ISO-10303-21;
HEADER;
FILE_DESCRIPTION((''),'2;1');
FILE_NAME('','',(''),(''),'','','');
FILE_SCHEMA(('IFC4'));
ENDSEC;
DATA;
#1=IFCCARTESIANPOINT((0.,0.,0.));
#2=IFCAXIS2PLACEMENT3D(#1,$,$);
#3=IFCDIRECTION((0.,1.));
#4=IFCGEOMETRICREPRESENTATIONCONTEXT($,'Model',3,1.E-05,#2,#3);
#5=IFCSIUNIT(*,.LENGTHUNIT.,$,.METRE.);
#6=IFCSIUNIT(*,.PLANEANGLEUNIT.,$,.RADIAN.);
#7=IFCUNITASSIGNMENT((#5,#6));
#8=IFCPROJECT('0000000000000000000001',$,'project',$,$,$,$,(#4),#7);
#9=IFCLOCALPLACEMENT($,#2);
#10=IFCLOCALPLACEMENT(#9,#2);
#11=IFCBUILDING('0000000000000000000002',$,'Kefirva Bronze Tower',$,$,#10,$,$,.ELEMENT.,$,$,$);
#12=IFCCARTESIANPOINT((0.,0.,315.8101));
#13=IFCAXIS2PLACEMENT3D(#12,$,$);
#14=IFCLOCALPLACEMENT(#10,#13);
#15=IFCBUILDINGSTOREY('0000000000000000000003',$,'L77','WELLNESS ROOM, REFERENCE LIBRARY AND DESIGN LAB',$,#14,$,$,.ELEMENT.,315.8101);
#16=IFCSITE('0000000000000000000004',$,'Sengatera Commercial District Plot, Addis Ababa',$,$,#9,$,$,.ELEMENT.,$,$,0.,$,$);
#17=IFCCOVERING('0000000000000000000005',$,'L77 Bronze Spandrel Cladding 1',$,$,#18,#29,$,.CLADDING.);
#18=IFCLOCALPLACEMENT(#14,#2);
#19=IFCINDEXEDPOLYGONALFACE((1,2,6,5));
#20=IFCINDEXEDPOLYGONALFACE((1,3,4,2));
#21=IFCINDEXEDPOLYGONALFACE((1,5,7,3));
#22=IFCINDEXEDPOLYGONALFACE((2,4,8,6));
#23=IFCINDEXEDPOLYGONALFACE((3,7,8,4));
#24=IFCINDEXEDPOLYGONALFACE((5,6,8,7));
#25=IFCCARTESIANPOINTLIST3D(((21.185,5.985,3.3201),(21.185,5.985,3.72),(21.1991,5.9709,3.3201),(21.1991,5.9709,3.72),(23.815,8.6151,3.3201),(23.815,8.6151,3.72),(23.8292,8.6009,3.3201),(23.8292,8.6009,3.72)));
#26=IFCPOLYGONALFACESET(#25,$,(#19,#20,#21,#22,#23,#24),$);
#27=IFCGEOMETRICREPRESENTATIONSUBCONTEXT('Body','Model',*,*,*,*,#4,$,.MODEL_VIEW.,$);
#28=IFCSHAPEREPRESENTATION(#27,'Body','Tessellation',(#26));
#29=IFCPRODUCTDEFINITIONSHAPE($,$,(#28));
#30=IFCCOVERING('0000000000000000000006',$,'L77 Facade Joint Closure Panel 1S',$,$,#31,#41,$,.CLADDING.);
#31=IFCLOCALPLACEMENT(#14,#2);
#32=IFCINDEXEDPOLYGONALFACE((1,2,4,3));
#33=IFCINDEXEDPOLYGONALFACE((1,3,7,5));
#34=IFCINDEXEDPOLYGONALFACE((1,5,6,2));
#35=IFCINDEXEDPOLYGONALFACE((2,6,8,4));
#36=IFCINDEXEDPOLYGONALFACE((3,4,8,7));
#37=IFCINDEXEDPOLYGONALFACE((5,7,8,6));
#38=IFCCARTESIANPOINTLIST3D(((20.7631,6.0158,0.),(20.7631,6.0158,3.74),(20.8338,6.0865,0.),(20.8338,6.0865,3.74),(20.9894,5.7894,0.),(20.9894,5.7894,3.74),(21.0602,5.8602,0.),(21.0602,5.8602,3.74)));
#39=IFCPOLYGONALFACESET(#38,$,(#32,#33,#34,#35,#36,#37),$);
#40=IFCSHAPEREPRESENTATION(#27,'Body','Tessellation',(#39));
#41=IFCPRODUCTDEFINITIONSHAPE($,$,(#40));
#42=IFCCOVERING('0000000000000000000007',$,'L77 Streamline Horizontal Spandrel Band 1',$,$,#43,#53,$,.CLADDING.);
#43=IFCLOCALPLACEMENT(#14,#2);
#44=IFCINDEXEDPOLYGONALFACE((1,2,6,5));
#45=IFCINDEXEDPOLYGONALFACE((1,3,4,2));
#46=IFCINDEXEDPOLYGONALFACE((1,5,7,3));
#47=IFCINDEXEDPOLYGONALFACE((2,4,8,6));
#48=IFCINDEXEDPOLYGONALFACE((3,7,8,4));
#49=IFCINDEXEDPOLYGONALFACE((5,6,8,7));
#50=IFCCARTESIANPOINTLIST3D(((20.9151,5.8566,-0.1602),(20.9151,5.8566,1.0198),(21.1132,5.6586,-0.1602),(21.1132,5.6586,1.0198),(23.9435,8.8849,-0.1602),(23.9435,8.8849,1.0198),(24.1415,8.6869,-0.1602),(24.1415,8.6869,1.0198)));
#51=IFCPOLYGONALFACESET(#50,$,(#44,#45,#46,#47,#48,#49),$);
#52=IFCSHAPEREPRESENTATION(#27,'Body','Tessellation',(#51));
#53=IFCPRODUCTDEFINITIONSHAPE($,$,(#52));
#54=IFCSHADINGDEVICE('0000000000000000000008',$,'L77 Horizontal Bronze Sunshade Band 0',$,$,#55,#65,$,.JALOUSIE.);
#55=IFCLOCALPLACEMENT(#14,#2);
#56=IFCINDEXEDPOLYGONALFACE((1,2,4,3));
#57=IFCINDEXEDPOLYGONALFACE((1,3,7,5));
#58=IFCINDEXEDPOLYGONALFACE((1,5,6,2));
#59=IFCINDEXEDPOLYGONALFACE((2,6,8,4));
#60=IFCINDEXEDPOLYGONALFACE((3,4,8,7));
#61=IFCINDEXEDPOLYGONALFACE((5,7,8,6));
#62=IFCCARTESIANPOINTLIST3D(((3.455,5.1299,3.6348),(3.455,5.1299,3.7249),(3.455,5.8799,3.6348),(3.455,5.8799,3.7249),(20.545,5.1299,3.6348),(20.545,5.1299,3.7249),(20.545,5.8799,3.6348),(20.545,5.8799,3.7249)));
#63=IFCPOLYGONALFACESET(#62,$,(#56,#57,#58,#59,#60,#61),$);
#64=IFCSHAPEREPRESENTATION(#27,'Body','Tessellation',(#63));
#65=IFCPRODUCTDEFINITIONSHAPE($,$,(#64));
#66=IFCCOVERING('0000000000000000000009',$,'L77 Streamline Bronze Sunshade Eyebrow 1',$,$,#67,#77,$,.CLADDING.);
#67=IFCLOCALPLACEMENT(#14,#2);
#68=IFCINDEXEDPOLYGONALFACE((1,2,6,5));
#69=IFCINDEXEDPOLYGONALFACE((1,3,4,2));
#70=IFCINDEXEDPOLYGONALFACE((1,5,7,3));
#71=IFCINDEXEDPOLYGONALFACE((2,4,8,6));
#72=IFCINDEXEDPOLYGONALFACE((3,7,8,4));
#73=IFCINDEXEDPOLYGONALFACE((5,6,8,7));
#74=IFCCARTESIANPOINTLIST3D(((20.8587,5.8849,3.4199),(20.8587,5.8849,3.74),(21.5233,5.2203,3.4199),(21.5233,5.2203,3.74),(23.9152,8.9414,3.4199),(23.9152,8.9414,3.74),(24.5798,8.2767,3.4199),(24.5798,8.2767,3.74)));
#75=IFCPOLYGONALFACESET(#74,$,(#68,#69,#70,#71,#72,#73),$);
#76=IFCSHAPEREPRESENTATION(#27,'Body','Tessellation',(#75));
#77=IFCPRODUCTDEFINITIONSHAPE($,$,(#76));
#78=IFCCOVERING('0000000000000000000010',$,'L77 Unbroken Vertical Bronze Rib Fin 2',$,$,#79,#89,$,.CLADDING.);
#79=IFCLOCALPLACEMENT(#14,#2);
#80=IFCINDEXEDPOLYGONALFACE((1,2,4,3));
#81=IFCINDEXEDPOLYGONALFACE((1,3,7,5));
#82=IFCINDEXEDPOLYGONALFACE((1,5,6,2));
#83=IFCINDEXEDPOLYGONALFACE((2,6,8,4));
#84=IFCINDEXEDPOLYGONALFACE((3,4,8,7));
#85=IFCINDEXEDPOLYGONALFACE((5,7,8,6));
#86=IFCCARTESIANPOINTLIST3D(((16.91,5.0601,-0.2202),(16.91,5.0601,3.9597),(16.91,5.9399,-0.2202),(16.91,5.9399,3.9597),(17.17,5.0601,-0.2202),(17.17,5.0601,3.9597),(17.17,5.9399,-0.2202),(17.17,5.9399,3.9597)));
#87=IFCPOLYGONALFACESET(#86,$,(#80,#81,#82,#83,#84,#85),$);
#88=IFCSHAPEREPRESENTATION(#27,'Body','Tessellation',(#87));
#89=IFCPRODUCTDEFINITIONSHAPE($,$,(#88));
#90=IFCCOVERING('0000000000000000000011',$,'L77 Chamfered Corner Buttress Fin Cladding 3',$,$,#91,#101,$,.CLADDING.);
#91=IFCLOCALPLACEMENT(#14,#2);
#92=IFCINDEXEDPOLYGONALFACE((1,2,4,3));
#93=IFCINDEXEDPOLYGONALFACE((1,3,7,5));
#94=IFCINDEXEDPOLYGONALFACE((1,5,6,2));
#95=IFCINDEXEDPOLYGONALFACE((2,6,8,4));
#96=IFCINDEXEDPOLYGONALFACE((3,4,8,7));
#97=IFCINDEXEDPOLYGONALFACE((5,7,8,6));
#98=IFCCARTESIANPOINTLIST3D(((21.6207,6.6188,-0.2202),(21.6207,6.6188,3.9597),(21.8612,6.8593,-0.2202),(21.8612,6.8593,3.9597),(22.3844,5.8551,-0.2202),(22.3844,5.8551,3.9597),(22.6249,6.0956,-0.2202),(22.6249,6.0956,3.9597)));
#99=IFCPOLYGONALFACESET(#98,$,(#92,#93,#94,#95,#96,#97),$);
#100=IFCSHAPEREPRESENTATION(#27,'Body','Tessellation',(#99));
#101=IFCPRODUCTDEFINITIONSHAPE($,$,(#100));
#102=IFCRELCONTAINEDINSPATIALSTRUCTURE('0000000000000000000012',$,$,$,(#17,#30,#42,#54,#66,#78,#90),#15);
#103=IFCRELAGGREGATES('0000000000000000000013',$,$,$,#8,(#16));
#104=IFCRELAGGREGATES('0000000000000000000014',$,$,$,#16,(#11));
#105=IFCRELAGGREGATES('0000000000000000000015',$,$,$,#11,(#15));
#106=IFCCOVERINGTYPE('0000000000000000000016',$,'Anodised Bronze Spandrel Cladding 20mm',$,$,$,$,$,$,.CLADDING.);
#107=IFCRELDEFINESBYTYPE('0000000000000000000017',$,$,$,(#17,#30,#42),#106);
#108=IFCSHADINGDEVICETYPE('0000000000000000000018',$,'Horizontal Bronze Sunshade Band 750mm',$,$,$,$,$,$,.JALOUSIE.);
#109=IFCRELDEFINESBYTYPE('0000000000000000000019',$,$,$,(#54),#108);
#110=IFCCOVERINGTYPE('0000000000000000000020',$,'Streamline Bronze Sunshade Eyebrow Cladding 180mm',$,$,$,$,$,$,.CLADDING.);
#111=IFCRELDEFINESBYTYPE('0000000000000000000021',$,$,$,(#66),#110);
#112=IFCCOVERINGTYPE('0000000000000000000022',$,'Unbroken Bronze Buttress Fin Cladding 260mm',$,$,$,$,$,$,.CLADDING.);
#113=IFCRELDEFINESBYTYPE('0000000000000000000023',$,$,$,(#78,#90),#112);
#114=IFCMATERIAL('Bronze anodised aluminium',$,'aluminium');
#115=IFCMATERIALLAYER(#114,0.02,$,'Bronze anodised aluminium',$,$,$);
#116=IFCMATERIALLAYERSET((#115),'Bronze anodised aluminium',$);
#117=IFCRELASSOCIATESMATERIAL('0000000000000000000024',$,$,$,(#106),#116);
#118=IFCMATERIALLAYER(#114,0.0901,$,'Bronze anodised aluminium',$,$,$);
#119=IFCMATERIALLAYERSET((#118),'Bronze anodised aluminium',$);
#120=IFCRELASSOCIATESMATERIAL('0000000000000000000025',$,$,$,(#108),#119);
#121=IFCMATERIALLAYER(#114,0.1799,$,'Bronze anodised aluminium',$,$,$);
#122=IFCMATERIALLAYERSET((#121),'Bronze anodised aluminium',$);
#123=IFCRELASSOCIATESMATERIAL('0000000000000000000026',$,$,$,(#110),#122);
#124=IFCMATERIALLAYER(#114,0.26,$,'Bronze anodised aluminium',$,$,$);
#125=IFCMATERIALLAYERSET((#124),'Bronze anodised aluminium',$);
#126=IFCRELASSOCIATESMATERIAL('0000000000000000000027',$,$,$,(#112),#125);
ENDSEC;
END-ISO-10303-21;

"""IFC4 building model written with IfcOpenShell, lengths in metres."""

from ifc_helpers import new_model, si_unit, direction, frame, origin, origin_2d, place, context, subcontext, project, spatial, rectangle, extrude, material, layer, layer_set, type_object, element, save


model = new_model("IFC4")

# Units and contexts
model_context = context("Model", 3, precision=1e-05, world=origin(), true_north=direction((0.0, 1.0)))
body_context = subcontext(model_context, "Body", "Model", "MODEL_VIEW")
ifc_project = project(units=[si_unit("LENGTHUNIT", "METRE"), si_unit("PLANEANGLEUNIT", "RADIAN")], contexts=[model_context])

# Site, building, storey
site_placement = place(None, origin())
site = spatial("IfcSite", under=ifc_project, at=site_placement, Name="Sengatera Commercial District Plot, Addis Ababa", CompositionType="ELEMENT", RefElevation=0.0)
building_placement = place(site_placement, origin())
building = spatial("IfcBuilding", under=site, at=building_placement, Name="Kefirva Bronze Tower", CompositionType="ELEMENT")
storey_placement = place(building_placement, frame((0.0, 0.0, 315.8101)))
storey = spatial("IfcBuildingStorey", under=building, at=storey_placement, Name="L77", Description="WELLNESS ROOM, REFERENCE LIBRARY AND DESIGN LAB", CompositionType="ELEMENT", Elevation=315.8101)

# Shared definitions
ifc_material_1 = material(Name="Bronze anodised aluminium", Category="aluminium")

# Coverings
ifc_layer_1 = layer(ifc_material_1, 0.02, Name="Bronze anodised aluminium")
ifc_layer_set_1 = layer_set([ifc_layer_1], Name="Bronze anodised aluminium")
covering_type_1 = type_object("IfcCoveringType", Name="Anodised Bronze Spandrel Cladding 20mm", PredefinedType="CLADDING", material=ifc_layer_set_1)
covering_1_placement = place(storey_placement, frame((22.5071, 7.293, 3.3201), z_axis=(0.0, 0.0, 1.0), x_axis=(0.707107, 0.707107, 0.0)))
element("IfcCovering", 1, at=covering_1_placement, inside=storey, type_object=covering_type_1, Name="L77 Bronze Spandrel Cladding 1", PredefinedType="CLADDING", context=body_context, shape_type="SweptSolid", body=[
    extrude(rectangle(XDim=3.7195, YDim=0.02, at=origin_2d()), origin(), (0.0, 0.0, 1.0), 0.3999),
])
covering_2_placement = place(storey_placement, frame((20.9116, 5.938, 0.0), z_axis=(0.0, 0.0, 1.0), x_axis=(0.707107, 0.707107, 0.0)))
element("IfcCovering", 2, at=covering_2_placement, inside=storey, type_object=covering_type_1, Name="L77 Facade Joint Closure Panel 1S", PredefinedType="CLADDING", context=body_context, shape_type="SweptSolid", body=[
    extrude(rectangle(XDim=0.1001, YDim=0.3201, at=origin_2d()), origin(), (0.0, 0.0, 1.0), 3.74),
])
covering_3_placement = place(storey_placement, frame((22.5283, 7.2717, -0.1602), z_axis=(0.0, 0.0, 1.0), x_axis=(0.707107, 0.707107, 0.0)))
element("IfcCovering", 3, at=covering_3_placement, inside=storey, type_object=covering_type_1, Name="L77 Streamline Horizontal Spandrel Band 1", PredefinedType="CLADDING", context=body_context, shape_type="SweptSolid", body=[
    extrude(rectangle(XDim=4.2827, YDim=0.28, at=origin_2d()), origin(), (0.0, 0.0, 1.0), 1.1799),
])

# Shading device
ifc_layer_2 = layer(ifc_material_1, 0.0901, Name="Bronze anodised aluminium")
ifc_layer_set_2 = layer_set([ifc_layer_2], Name="Bronze anodised aluminium")
shading_device_type = type_object("IfcShadingDeviceType", Name="Horizontal Bronze Sunshade Band 750mm", PredefinedType="JALOUSIE", material=ifc_layer_set_2)
shading_device_placement = place(storey_placement, frame((12.0, 5.5049, 3.6348), z_axis=(0.0, 0.0, 1.0), x_axis=(1.0, 0.0, 0.0)))
element("IfcShadingDevice", 4, at=shading_device_placement, inside=storey, type_object=shading_device_type, Name="L77 Horizontal Bronze Sunshade Band 0", PredefinedType="JALOUSIE", context=body_context, shape_type="SweptSolid", body=[
    extrude(rectangle(XDim=17.0901, YDim=0.75, at=origin_2d()), origin(), (0.0, 0.0, 1.0), 0.0901),
])

# Coverings
ifc_layer_3 = layer(ifc_material_1, 0.1799, Name="Bronze anodised aluminium")
ifc_layer_set_3 = layer_set([ifc_layer_3], Name="Bronze anodised aluminium")
covering_type_2 = type_object("IfcCoveringType", Name="Streamline Bronze Sunshade Eyebrow Cladding 180mm", PredefinedType="CLADDING", material=ifc_layer_set_3)
covering_4_placement = place(storey_placement, frame((22.7192, 7.0808, 3.4199), z_axis=(0.0, 0.0, 1.0), x_axis=(0.707107, 0.707107, 0.0)))
element("IfcCovering", 5, at=covering_4_placement, inside=storey, type_object=covering_type_2, Name="L77 Streamline Bronze Sunshade Eyebrow 1", PredefinedType="CLADDING", context=body_context, shape_type="SweptSolid", body=[
    extrude(rectangle(XDim=4.3225, YDim=0.9399, at=origin_2d()), origin(), (0.0, 0.0, 1.0), 0.3201),
])
ifc_layer_4 = layer(ifc_material_1, 0.26, Name="Bronze anodised aluminium")
ifc_layer_set_4 = layer_set([ifc_layer_4], Name="Bronze anodised aluminium")
covering_type_3 = type_object("IfcCoveringType", Name="Unbroken Bronze Buttress Fin Cladding 260mm", PredefinedType="CLADDING", material=ifc_layer_set_4)
covering_5_placement = place(storey_placement, frame((17.04, 5.5, -0.2202), z_axis=(0.0, 0.0, 1.0), x_axis=(1.0, 0.0, 0.0)))
element("IfcCovering", 6, at=covering_5_placement, inside=storey, type_object=covering_type_3, Name="L77 Unbroken Vertical Bronze Rib Fin 2", PredefinedType="CLADDING", context=body_context, shape_type="SweptSolid", body=[
    extrude(rectangle(XDim=0.26, YDim=0.8799, at=origin_2d()), origin(), (0.0, 0.0, 1.0), 4.1799),
])
covering_6_placement = place(storey_placement, frame((22.1228, 6.3572, -0.2202), z_axis=(0.0, 0.0, 1.0), x_axis=(0.707107, 0.707107, 0.0)))
element("IfcCovering", 7, at=covering_6_placement, inside=storey, type_object=covering_type_3, Name="L77 Chamfered Corner Buttress Fin Cladding 3", PredefinedType="CLADDING", context=body_context, shape_type="SweptSolid", body=[
    extrude(rectangle(XDim=0.3401, YDim=1.0801, at=origin_2d()), origin(), (0.0, 0.0, 1.0), 4.1799),
])

save(model, "model.ifc")
